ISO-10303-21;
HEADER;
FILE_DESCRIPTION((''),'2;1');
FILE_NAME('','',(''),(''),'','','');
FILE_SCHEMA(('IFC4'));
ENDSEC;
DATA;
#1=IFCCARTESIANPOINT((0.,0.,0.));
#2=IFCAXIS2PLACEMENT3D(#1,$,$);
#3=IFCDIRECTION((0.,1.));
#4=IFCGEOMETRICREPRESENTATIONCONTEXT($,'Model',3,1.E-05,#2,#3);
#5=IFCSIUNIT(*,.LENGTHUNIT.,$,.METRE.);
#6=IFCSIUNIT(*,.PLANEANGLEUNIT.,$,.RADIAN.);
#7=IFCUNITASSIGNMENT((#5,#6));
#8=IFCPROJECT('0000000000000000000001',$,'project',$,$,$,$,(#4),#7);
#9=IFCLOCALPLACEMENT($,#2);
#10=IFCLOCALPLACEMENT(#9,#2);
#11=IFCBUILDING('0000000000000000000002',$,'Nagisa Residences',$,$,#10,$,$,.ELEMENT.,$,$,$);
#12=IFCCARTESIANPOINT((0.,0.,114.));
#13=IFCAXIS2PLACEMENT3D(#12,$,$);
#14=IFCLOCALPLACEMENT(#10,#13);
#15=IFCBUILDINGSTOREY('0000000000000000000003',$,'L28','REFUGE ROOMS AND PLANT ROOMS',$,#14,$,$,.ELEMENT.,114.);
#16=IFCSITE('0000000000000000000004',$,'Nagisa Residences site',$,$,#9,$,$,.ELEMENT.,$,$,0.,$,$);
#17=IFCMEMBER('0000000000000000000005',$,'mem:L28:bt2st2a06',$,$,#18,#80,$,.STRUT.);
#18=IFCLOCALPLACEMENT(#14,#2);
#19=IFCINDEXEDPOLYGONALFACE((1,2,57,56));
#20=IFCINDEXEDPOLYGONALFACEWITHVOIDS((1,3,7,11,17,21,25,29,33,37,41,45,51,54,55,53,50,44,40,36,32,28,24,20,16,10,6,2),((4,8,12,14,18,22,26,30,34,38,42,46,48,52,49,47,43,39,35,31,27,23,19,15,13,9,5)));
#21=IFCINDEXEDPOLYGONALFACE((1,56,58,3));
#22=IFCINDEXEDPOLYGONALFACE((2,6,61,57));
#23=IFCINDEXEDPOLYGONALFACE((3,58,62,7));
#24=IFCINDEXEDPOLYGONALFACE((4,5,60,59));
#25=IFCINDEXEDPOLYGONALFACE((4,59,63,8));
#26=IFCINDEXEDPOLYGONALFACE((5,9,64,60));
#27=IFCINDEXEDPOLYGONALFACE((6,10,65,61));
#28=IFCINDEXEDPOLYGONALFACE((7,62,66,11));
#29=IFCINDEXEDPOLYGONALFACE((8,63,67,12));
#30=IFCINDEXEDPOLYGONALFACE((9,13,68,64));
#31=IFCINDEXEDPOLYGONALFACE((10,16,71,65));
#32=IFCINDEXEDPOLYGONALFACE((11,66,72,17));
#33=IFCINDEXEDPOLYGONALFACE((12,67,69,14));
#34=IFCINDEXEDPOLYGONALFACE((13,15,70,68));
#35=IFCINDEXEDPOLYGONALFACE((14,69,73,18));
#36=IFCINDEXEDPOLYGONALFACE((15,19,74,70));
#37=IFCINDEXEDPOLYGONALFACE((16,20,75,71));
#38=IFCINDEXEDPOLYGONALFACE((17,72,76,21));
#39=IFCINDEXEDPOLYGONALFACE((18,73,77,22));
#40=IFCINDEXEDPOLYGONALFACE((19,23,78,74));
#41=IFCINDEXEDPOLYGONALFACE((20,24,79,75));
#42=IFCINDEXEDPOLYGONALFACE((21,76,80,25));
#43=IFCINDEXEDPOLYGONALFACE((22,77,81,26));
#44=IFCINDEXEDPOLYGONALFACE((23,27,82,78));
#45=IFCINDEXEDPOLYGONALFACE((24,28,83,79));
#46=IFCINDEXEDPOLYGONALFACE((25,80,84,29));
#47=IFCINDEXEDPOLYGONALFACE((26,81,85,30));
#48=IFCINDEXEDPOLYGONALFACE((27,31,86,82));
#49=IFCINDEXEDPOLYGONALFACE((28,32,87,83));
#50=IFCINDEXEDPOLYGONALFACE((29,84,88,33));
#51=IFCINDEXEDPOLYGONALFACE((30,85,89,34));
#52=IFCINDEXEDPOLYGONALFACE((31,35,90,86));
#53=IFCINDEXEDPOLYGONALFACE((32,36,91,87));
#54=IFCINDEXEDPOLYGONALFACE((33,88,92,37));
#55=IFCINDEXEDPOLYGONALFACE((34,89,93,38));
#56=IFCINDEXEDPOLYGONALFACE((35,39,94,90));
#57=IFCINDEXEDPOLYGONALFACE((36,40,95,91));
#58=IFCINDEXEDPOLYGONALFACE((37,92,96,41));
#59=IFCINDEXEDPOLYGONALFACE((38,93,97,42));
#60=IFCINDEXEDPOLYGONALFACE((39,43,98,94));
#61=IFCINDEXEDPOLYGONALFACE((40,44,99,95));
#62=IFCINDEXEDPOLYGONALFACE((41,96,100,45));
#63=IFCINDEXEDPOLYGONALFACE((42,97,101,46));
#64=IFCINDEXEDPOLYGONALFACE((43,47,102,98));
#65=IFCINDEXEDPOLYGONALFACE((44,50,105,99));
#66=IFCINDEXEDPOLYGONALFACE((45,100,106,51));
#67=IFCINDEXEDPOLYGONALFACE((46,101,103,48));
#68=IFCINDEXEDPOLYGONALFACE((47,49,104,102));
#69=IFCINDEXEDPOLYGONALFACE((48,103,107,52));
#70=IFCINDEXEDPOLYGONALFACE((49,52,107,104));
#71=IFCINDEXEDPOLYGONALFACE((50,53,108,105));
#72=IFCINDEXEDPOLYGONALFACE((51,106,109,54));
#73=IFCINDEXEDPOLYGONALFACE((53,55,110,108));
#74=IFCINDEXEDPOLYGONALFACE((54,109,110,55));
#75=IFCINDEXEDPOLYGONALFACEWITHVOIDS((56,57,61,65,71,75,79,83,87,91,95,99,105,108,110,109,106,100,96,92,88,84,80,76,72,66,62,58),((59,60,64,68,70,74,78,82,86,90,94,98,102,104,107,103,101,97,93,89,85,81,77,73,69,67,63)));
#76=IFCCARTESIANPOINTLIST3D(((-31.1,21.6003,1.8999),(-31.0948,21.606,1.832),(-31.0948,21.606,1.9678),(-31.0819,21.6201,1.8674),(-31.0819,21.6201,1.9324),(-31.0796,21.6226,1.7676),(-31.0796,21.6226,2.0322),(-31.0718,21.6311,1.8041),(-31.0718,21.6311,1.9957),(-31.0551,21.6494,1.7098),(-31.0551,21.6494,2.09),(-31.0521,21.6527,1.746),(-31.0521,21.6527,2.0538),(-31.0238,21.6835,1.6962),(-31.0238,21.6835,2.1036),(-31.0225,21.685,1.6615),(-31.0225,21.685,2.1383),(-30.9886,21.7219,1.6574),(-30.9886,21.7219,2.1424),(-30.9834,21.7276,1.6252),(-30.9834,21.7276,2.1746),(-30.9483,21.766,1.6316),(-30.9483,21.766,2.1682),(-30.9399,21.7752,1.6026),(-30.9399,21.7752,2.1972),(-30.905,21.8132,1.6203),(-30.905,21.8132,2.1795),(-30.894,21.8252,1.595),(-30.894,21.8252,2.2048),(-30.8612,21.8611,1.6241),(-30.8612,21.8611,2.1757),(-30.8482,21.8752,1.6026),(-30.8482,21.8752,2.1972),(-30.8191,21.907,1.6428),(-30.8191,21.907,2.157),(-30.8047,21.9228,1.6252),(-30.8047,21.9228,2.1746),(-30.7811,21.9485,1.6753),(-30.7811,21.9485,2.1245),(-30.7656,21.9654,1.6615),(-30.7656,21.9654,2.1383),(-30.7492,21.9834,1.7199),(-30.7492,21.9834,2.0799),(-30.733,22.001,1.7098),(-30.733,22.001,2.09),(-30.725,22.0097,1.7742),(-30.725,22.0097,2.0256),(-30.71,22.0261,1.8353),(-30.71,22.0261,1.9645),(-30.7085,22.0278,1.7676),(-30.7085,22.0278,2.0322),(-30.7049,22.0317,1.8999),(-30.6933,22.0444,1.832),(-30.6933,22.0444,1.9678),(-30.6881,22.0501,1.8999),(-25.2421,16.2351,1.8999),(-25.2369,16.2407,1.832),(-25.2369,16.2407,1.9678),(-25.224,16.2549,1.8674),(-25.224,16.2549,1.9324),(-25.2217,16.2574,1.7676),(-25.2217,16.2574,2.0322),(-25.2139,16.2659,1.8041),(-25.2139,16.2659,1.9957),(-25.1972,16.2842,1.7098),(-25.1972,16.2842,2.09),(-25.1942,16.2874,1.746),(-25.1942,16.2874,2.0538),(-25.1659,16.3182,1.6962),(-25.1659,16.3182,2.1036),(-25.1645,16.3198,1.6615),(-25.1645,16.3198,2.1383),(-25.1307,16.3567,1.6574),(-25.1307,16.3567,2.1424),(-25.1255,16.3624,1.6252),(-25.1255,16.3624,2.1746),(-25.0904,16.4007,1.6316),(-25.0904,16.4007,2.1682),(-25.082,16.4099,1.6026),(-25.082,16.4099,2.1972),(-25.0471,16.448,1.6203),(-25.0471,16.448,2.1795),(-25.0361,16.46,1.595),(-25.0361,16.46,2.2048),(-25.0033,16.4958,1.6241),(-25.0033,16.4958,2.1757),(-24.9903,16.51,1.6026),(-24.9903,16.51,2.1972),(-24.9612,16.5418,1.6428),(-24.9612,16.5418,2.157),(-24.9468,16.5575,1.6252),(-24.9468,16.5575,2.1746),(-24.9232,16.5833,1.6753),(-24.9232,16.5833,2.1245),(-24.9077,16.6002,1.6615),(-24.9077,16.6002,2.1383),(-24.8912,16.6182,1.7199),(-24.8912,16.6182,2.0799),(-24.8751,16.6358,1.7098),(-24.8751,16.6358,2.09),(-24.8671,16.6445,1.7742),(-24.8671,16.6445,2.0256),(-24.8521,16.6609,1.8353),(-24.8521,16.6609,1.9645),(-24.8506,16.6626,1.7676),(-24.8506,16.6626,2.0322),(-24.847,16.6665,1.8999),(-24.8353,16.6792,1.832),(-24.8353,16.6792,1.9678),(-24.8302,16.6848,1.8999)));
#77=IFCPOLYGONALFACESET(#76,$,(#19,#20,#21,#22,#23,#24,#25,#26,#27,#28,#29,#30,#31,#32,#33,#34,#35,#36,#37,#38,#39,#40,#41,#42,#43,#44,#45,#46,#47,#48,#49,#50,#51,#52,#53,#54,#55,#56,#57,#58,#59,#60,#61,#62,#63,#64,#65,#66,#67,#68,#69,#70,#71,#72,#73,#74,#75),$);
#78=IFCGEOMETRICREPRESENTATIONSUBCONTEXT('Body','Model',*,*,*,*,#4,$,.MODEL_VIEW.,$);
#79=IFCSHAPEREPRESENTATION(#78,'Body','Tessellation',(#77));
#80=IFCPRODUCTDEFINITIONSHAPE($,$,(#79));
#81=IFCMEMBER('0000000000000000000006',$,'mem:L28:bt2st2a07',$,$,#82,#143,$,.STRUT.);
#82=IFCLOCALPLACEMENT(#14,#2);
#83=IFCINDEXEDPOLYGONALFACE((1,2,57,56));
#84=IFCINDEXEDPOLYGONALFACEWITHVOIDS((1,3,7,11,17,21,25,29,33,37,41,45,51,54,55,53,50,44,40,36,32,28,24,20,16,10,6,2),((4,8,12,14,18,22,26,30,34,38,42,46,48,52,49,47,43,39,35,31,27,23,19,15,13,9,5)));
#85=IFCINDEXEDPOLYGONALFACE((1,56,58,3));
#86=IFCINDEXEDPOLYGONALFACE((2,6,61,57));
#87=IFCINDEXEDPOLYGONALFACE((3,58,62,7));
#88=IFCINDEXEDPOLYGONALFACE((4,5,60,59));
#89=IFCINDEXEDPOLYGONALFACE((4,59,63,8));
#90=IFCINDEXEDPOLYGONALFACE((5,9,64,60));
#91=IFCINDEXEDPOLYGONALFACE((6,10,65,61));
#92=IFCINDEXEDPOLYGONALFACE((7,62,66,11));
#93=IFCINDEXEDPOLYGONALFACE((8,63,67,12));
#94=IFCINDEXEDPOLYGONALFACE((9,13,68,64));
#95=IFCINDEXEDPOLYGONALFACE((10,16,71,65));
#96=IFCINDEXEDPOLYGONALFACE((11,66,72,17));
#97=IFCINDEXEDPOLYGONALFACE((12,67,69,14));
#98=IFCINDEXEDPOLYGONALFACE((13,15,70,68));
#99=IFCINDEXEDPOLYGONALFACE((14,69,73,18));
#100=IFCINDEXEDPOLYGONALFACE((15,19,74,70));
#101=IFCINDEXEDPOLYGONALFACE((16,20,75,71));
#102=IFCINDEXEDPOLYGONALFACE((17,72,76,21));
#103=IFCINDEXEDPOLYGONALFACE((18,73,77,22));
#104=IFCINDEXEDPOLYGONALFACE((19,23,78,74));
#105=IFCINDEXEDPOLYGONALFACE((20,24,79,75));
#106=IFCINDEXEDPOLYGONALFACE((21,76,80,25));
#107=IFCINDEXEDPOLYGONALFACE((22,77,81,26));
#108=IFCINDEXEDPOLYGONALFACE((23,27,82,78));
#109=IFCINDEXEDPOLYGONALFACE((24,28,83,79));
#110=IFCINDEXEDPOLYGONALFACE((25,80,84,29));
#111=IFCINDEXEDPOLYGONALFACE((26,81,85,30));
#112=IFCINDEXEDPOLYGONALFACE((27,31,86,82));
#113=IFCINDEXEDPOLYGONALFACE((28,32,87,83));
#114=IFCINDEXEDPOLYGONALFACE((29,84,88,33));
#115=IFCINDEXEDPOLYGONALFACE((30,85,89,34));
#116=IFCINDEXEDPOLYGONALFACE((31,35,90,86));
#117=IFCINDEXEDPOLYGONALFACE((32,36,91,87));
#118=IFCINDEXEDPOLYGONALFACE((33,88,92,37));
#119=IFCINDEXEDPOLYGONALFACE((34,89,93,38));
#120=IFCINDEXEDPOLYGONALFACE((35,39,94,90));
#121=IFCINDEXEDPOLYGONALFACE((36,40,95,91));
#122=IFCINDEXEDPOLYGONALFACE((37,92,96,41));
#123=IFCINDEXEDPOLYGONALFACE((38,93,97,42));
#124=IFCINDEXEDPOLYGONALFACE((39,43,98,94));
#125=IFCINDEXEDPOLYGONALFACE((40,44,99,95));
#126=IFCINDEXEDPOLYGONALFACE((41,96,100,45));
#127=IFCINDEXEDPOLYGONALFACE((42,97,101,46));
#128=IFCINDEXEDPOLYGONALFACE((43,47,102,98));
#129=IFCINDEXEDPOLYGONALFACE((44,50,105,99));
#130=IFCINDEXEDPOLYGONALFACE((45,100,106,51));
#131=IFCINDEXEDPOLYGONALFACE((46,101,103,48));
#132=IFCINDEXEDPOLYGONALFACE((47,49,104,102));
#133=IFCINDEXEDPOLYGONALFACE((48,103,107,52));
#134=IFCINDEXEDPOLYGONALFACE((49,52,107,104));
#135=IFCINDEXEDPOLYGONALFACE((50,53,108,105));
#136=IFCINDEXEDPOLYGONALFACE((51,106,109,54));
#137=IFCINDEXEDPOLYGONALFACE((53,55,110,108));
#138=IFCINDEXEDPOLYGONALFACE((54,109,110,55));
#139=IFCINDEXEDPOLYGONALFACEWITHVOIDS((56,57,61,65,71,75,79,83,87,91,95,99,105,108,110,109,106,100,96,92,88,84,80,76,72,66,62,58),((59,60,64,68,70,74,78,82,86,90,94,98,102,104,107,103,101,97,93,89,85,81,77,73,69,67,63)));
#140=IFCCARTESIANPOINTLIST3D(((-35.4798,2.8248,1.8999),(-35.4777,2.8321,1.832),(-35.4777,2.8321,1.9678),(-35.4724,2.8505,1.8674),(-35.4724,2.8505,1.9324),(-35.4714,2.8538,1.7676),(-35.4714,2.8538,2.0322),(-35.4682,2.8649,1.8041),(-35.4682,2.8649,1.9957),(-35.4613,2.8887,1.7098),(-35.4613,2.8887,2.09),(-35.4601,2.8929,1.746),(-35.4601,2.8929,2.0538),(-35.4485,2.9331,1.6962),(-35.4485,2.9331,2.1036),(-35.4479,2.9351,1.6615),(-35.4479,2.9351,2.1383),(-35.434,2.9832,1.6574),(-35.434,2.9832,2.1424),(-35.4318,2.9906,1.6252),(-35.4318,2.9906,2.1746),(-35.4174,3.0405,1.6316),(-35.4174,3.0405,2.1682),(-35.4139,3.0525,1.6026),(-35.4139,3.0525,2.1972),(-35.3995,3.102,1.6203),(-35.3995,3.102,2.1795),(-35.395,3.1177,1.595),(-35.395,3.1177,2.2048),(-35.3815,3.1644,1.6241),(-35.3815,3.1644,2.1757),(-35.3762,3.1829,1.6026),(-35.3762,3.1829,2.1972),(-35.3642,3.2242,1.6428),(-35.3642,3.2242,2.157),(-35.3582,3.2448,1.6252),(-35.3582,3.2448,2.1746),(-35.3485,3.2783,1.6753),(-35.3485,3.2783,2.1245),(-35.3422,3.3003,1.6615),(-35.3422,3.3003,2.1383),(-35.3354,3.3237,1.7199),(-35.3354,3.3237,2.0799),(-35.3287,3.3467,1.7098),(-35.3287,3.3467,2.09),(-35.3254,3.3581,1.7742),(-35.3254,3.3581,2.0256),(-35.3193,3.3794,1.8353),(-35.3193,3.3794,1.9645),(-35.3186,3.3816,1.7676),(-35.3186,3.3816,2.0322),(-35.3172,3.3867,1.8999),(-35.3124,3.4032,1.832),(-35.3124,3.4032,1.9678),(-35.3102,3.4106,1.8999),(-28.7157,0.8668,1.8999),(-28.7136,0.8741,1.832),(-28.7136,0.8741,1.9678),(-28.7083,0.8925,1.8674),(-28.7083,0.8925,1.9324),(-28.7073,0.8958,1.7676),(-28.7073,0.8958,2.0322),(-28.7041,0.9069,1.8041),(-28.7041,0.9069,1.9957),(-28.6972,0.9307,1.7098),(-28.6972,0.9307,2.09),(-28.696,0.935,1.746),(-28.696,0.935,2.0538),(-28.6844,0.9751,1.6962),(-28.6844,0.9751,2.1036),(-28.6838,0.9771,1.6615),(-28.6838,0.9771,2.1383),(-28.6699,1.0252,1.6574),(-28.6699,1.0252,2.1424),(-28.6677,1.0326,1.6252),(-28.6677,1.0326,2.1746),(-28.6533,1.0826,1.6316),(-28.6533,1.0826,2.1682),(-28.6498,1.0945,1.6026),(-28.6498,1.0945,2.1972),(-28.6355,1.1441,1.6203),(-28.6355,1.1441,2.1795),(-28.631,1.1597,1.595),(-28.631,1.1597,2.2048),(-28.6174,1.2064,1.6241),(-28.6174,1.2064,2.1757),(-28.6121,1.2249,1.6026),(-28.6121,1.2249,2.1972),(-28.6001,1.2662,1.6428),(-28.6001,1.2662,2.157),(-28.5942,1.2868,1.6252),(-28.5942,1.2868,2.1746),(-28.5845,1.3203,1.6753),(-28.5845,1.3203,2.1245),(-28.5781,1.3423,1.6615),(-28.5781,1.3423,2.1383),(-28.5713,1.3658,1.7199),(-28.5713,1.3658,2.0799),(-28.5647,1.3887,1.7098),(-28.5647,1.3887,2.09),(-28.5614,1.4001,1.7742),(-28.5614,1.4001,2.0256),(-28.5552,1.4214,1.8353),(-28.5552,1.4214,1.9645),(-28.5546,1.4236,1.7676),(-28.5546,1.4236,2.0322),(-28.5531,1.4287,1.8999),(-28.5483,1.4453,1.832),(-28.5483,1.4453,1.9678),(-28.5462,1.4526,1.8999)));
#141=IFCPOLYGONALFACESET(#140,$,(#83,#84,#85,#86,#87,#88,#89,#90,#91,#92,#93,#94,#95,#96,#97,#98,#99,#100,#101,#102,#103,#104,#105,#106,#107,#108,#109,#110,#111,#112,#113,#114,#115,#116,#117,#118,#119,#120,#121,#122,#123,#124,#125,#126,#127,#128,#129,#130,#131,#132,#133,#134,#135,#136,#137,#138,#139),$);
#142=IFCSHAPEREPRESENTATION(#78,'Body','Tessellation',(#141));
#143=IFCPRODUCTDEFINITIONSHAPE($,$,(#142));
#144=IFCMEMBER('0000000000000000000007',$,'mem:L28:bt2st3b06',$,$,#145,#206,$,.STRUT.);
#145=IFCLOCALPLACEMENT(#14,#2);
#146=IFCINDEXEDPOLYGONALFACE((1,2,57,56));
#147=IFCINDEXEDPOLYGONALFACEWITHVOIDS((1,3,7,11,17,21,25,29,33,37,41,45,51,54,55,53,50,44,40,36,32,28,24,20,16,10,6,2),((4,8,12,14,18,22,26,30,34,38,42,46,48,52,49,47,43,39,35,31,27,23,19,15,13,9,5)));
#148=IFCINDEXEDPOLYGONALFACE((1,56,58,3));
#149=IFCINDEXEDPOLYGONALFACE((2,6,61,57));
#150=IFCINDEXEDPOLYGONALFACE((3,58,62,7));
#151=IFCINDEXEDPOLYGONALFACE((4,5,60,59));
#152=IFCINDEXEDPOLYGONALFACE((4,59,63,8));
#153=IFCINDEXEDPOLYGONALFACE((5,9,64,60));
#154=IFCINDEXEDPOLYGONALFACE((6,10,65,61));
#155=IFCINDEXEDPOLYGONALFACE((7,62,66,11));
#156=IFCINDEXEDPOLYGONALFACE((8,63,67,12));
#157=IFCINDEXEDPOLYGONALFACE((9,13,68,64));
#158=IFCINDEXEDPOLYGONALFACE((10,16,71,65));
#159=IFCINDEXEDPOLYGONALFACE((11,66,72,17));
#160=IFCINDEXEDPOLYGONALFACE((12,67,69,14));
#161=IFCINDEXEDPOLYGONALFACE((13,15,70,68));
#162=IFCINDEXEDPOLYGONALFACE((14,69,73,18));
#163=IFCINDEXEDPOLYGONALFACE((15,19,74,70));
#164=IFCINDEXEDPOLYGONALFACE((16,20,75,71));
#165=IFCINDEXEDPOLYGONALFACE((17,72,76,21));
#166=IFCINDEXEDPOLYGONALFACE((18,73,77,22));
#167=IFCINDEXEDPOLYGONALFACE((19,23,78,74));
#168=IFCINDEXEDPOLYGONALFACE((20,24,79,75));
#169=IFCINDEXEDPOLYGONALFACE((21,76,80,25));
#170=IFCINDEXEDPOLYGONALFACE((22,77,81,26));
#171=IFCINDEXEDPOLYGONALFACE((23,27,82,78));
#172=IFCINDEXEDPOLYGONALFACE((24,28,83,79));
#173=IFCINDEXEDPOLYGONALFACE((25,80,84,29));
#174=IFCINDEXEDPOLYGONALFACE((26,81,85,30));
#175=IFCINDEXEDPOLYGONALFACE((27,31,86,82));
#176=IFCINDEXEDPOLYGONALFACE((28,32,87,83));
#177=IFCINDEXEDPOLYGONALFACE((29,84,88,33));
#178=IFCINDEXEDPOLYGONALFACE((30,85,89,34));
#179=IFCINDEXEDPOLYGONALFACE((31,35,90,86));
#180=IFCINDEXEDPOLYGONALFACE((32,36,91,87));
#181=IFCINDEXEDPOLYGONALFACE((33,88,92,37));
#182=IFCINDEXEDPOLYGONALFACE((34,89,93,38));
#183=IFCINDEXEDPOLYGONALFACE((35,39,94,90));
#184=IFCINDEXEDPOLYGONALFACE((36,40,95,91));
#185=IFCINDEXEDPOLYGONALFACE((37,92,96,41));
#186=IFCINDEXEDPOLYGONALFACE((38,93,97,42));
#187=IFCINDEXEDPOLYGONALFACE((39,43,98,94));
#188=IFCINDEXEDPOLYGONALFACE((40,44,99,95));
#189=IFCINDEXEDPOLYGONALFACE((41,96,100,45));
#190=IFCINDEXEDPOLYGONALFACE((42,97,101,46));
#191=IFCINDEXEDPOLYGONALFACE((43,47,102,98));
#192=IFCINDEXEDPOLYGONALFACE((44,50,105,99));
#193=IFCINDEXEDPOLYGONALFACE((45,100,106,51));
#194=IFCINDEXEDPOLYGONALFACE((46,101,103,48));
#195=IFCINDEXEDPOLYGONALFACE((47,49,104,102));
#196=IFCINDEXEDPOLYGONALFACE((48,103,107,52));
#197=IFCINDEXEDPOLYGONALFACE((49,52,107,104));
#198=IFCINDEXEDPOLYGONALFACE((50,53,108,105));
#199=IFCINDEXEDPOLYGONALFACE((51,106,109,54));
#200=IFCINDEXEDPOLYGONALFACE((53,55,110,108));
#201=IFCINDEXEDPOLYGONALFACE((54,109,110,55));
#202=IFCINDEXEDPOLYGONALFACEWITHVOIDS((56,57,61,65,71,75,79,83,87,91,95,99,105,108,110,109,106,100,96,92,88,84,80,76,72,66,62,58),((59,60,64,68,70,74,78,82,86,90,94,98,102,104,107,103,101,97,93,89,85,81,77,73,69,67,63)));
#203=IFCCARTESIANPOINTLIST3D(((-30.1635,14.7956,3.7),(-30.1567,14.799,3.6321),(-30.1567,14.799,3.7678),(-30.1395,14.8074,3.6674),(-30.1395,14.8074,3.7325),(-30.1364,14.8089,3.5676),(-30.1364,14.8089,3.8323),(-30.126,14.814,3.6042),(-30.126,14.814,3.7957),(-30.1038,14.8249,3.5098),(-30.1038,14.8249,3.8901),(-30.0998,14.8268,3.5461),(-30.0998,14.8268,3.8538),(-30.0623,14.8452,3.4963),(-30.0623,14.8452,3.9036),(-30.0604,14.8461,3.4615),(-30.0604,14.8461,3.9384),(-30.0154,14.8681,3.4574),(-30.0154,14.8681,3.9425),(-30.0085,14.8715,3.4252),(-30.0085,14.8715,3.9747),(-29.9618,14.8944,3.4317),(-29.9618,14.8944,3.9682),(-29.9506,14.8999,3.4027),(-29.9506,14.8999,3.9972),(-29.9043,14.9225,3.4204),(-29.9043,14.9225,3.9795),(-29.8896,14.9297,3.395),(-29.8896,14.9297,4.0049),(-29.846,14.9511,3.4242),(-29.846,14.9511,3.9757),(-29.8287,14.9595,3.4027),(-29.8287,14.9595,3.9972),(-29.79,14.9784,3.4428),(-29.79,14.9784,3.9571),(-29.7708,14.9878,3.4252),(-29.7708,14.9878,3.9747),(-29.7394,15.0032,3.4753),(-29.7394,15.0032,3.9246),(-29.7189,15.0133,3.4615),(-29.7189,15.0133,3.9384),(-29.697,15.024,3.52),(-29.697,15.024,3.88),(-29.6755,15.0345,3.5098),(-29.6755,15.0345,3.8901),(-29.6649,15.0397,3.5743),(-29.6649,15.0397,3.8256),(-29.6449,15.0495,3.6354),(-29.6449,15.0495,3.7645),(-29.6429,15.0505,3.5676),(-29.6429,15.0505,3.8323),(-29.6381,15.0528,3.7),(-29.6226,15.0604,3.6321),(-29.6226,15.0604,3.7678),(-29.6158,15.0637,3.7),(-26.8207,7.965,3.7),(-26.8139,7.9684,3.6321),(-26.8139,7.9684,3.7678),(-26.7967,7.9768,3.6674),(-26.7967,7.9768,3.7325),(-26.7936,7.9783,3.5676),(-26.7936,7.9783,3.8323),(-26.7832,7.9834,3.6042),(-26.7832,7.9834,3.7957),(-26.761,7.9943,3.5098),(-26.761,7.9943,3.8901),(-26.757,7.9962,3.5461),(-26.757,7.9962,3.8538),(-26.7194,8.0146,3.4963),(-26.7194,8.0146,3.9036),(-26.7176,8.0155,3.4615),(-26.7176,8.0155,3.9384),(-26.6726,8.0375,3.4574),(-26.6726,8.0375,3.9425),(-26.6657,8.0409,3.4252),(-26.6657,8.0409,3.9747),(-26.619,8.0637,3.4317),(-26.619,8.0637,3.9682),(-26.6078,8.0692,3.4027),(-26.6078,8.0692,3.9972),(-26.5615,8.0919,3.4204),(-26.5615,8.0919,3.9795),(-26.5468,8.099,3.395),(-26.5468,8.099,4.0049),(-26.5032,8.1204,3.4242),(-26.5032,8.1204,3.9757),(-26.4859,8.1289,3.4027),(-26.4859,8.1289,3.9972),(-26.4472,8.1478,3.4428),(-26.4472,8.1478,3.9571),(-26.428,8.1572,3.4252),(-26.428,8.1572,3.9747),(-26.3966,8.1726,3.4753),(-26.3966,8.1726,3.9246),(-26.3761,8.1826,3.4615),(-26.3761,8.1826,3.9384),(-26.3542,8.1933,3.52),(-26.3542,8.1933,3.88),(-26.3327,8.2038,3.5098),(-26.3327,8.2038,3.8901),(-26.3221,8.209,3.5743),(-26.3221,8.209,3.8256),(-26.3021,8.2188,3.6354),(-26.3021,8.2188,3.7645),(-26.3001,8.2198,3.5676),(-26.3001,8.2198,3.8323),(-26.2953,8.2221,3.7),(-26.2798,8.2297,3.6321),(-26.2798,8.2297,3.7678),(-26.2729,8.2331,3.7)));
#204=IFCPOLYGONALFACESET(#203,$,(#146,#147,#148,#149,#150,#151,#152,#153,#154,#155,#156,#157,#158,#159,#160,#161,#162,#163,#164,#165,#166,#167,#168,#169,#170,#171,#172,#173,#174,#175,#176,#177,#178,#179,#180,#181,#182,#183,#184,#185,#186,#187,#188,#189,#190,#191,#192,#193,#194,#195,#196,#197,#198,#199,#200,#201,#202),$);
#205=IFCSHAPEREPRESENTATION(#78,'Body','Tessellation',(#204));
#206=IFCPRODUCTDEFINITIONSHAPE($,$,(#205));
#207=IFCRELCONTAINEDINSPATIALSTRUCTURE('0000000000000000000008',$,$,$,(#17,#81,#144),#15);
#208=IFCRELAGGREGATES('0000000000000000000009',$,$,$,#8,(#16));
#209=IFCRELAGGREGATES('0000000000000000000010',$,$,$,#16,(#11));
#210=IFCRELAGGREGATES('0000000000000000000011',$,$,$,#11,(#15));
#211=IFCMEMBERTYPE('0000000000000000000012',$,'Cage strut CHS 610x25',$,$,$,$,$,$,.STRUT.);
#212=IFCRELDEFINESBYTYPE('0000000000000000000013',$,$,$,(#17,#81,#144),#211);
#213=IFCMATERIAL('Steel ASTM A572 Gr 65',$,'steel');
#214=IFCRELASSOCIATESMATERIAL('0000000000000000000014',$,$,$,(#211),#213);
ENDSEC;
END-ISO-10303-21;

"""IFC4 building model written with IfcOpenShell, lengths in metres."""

from ifc_helpers import new_model, si_unit, direction, frame, origin, origin_2d, place, context, subcontext, project, spatial, hollow_circle, extrude, material, material_profile, profile_set, type_object, element, save


model = new_model("IFC4")

# Units and contexts
model_context = context("Model", 3, precision=1e-05, world=origin(), true_north=direction((0.0, 1.0)))
body_context = subcontext(model_context, "Body", "Model", "MODEL_VIEW")
ifc_project = project(units=[si_unit("LENGTHUNIT", "METRE"), si_unit("PLANEANGLEUNIT", "RADIAN")], contexts=[model_context])

# Site, building, storey
site_placement = place(None, origin())
site = spatial("IfcSite", under=ifc_project, at=site_placement, Name="Nagisa Residences site", CompositionType="ELEMENT", RefElevation=0.0)
building_placement = place(site_placement, origin())
building = spatial("IfcBuilding", under=site, at=building_placement, Name="Nagisa Residences", CompositionType="ELEMENT")
storey_placement = place(building_placement, frame((0.0, 0.0, 114.0)))
storey = spatial("IfcBuildingStorey", under=building, at=storey_placement, Name="L28", Description="REFUGE ROOMS AND PLANT ROOMS", CompositionType="ELEMENT", Elevation=114.0)

# Members
ifc_material_1 = material(Name="Steel ASTM A572 Gr 65", Category="steel")
ifc_material_profile_1 = material_profile(ifc_material_1, hollow_circle(Radius=0.3049, WallThickness=0.0249, at=origin_2d()), Name="CHS 610x25")
ifc_profile_set_1 = profile_set([ifc_material_profile_1], Name="Steel ASTM A572 Gr 65")
member_type_1 = type_object("IfcMemberType", Name="Cage strut CHS 610x25", PredefinedType="STRUT", material=ifc_profile_set_1)
member_1_placement = place(storey_placement, frame((-30.894, 21.8252, 1.8999), z_axis=(0.737437, -0.675416, 0.0), x_axis=(0.675416, 0.737437, 0.0)))
element("IfcMember", 1, at=member_1_placement, inside=storey, type_object=member_type_1, Name="mem:L28:bt2st2a06", PredefinedType="STRUT", context=body_context, shape_type="SweptSolid", body=[
    extrude(hollow_circle(Radius=0.3049, WallThickness=0.0249, at=origin_2d()), origin(), (0.0, 0.0, 1.0), 7.9436),
])
member_2_placement = place(storey_placement, frame((-35.395, 3.1177, 1.8999), z_axis=(0.960566, -0.278053, 0.0), x_axis=(0.278053, 0.960566, 0.0)))
element("IfcMember", 2, at=member_2_placement, inside=storey, type_object=member_type_1, Name="mem:L28:bt2st2a07", PredefinedType="STRUT", context=body_context, shape_type="SweptSolid", body=[
    extrude(hollow_circle(Radius=0.3049, WallThickness=0.0249, at=origin_2d()), origin(), (0.0, 0.0, 1.0), 7.0417),
])
member_3_placement = place(storey_placement, frame((-29.8896, 14.9297, 3.7), z_axis=(0.439569, -0.898209, 0.0), x_axis=(0.898209, 0.439569, 0.0)))
element("IfcMember", 3, at=member_3_placement, inside=storey, type_object=member_type_1, Name="mem:L28:bt2st3b06", PredefinedType="STRUT", context=body_context, shape_type="SweptSolid", body=[
    extrude(hollow_circle(Radius=0.3049, WallThickness=0.0249, at=origin_2d()), origin(), (0.0, 0.0, 1.0), 7.6047),
])

save(model, "model.ifc")
